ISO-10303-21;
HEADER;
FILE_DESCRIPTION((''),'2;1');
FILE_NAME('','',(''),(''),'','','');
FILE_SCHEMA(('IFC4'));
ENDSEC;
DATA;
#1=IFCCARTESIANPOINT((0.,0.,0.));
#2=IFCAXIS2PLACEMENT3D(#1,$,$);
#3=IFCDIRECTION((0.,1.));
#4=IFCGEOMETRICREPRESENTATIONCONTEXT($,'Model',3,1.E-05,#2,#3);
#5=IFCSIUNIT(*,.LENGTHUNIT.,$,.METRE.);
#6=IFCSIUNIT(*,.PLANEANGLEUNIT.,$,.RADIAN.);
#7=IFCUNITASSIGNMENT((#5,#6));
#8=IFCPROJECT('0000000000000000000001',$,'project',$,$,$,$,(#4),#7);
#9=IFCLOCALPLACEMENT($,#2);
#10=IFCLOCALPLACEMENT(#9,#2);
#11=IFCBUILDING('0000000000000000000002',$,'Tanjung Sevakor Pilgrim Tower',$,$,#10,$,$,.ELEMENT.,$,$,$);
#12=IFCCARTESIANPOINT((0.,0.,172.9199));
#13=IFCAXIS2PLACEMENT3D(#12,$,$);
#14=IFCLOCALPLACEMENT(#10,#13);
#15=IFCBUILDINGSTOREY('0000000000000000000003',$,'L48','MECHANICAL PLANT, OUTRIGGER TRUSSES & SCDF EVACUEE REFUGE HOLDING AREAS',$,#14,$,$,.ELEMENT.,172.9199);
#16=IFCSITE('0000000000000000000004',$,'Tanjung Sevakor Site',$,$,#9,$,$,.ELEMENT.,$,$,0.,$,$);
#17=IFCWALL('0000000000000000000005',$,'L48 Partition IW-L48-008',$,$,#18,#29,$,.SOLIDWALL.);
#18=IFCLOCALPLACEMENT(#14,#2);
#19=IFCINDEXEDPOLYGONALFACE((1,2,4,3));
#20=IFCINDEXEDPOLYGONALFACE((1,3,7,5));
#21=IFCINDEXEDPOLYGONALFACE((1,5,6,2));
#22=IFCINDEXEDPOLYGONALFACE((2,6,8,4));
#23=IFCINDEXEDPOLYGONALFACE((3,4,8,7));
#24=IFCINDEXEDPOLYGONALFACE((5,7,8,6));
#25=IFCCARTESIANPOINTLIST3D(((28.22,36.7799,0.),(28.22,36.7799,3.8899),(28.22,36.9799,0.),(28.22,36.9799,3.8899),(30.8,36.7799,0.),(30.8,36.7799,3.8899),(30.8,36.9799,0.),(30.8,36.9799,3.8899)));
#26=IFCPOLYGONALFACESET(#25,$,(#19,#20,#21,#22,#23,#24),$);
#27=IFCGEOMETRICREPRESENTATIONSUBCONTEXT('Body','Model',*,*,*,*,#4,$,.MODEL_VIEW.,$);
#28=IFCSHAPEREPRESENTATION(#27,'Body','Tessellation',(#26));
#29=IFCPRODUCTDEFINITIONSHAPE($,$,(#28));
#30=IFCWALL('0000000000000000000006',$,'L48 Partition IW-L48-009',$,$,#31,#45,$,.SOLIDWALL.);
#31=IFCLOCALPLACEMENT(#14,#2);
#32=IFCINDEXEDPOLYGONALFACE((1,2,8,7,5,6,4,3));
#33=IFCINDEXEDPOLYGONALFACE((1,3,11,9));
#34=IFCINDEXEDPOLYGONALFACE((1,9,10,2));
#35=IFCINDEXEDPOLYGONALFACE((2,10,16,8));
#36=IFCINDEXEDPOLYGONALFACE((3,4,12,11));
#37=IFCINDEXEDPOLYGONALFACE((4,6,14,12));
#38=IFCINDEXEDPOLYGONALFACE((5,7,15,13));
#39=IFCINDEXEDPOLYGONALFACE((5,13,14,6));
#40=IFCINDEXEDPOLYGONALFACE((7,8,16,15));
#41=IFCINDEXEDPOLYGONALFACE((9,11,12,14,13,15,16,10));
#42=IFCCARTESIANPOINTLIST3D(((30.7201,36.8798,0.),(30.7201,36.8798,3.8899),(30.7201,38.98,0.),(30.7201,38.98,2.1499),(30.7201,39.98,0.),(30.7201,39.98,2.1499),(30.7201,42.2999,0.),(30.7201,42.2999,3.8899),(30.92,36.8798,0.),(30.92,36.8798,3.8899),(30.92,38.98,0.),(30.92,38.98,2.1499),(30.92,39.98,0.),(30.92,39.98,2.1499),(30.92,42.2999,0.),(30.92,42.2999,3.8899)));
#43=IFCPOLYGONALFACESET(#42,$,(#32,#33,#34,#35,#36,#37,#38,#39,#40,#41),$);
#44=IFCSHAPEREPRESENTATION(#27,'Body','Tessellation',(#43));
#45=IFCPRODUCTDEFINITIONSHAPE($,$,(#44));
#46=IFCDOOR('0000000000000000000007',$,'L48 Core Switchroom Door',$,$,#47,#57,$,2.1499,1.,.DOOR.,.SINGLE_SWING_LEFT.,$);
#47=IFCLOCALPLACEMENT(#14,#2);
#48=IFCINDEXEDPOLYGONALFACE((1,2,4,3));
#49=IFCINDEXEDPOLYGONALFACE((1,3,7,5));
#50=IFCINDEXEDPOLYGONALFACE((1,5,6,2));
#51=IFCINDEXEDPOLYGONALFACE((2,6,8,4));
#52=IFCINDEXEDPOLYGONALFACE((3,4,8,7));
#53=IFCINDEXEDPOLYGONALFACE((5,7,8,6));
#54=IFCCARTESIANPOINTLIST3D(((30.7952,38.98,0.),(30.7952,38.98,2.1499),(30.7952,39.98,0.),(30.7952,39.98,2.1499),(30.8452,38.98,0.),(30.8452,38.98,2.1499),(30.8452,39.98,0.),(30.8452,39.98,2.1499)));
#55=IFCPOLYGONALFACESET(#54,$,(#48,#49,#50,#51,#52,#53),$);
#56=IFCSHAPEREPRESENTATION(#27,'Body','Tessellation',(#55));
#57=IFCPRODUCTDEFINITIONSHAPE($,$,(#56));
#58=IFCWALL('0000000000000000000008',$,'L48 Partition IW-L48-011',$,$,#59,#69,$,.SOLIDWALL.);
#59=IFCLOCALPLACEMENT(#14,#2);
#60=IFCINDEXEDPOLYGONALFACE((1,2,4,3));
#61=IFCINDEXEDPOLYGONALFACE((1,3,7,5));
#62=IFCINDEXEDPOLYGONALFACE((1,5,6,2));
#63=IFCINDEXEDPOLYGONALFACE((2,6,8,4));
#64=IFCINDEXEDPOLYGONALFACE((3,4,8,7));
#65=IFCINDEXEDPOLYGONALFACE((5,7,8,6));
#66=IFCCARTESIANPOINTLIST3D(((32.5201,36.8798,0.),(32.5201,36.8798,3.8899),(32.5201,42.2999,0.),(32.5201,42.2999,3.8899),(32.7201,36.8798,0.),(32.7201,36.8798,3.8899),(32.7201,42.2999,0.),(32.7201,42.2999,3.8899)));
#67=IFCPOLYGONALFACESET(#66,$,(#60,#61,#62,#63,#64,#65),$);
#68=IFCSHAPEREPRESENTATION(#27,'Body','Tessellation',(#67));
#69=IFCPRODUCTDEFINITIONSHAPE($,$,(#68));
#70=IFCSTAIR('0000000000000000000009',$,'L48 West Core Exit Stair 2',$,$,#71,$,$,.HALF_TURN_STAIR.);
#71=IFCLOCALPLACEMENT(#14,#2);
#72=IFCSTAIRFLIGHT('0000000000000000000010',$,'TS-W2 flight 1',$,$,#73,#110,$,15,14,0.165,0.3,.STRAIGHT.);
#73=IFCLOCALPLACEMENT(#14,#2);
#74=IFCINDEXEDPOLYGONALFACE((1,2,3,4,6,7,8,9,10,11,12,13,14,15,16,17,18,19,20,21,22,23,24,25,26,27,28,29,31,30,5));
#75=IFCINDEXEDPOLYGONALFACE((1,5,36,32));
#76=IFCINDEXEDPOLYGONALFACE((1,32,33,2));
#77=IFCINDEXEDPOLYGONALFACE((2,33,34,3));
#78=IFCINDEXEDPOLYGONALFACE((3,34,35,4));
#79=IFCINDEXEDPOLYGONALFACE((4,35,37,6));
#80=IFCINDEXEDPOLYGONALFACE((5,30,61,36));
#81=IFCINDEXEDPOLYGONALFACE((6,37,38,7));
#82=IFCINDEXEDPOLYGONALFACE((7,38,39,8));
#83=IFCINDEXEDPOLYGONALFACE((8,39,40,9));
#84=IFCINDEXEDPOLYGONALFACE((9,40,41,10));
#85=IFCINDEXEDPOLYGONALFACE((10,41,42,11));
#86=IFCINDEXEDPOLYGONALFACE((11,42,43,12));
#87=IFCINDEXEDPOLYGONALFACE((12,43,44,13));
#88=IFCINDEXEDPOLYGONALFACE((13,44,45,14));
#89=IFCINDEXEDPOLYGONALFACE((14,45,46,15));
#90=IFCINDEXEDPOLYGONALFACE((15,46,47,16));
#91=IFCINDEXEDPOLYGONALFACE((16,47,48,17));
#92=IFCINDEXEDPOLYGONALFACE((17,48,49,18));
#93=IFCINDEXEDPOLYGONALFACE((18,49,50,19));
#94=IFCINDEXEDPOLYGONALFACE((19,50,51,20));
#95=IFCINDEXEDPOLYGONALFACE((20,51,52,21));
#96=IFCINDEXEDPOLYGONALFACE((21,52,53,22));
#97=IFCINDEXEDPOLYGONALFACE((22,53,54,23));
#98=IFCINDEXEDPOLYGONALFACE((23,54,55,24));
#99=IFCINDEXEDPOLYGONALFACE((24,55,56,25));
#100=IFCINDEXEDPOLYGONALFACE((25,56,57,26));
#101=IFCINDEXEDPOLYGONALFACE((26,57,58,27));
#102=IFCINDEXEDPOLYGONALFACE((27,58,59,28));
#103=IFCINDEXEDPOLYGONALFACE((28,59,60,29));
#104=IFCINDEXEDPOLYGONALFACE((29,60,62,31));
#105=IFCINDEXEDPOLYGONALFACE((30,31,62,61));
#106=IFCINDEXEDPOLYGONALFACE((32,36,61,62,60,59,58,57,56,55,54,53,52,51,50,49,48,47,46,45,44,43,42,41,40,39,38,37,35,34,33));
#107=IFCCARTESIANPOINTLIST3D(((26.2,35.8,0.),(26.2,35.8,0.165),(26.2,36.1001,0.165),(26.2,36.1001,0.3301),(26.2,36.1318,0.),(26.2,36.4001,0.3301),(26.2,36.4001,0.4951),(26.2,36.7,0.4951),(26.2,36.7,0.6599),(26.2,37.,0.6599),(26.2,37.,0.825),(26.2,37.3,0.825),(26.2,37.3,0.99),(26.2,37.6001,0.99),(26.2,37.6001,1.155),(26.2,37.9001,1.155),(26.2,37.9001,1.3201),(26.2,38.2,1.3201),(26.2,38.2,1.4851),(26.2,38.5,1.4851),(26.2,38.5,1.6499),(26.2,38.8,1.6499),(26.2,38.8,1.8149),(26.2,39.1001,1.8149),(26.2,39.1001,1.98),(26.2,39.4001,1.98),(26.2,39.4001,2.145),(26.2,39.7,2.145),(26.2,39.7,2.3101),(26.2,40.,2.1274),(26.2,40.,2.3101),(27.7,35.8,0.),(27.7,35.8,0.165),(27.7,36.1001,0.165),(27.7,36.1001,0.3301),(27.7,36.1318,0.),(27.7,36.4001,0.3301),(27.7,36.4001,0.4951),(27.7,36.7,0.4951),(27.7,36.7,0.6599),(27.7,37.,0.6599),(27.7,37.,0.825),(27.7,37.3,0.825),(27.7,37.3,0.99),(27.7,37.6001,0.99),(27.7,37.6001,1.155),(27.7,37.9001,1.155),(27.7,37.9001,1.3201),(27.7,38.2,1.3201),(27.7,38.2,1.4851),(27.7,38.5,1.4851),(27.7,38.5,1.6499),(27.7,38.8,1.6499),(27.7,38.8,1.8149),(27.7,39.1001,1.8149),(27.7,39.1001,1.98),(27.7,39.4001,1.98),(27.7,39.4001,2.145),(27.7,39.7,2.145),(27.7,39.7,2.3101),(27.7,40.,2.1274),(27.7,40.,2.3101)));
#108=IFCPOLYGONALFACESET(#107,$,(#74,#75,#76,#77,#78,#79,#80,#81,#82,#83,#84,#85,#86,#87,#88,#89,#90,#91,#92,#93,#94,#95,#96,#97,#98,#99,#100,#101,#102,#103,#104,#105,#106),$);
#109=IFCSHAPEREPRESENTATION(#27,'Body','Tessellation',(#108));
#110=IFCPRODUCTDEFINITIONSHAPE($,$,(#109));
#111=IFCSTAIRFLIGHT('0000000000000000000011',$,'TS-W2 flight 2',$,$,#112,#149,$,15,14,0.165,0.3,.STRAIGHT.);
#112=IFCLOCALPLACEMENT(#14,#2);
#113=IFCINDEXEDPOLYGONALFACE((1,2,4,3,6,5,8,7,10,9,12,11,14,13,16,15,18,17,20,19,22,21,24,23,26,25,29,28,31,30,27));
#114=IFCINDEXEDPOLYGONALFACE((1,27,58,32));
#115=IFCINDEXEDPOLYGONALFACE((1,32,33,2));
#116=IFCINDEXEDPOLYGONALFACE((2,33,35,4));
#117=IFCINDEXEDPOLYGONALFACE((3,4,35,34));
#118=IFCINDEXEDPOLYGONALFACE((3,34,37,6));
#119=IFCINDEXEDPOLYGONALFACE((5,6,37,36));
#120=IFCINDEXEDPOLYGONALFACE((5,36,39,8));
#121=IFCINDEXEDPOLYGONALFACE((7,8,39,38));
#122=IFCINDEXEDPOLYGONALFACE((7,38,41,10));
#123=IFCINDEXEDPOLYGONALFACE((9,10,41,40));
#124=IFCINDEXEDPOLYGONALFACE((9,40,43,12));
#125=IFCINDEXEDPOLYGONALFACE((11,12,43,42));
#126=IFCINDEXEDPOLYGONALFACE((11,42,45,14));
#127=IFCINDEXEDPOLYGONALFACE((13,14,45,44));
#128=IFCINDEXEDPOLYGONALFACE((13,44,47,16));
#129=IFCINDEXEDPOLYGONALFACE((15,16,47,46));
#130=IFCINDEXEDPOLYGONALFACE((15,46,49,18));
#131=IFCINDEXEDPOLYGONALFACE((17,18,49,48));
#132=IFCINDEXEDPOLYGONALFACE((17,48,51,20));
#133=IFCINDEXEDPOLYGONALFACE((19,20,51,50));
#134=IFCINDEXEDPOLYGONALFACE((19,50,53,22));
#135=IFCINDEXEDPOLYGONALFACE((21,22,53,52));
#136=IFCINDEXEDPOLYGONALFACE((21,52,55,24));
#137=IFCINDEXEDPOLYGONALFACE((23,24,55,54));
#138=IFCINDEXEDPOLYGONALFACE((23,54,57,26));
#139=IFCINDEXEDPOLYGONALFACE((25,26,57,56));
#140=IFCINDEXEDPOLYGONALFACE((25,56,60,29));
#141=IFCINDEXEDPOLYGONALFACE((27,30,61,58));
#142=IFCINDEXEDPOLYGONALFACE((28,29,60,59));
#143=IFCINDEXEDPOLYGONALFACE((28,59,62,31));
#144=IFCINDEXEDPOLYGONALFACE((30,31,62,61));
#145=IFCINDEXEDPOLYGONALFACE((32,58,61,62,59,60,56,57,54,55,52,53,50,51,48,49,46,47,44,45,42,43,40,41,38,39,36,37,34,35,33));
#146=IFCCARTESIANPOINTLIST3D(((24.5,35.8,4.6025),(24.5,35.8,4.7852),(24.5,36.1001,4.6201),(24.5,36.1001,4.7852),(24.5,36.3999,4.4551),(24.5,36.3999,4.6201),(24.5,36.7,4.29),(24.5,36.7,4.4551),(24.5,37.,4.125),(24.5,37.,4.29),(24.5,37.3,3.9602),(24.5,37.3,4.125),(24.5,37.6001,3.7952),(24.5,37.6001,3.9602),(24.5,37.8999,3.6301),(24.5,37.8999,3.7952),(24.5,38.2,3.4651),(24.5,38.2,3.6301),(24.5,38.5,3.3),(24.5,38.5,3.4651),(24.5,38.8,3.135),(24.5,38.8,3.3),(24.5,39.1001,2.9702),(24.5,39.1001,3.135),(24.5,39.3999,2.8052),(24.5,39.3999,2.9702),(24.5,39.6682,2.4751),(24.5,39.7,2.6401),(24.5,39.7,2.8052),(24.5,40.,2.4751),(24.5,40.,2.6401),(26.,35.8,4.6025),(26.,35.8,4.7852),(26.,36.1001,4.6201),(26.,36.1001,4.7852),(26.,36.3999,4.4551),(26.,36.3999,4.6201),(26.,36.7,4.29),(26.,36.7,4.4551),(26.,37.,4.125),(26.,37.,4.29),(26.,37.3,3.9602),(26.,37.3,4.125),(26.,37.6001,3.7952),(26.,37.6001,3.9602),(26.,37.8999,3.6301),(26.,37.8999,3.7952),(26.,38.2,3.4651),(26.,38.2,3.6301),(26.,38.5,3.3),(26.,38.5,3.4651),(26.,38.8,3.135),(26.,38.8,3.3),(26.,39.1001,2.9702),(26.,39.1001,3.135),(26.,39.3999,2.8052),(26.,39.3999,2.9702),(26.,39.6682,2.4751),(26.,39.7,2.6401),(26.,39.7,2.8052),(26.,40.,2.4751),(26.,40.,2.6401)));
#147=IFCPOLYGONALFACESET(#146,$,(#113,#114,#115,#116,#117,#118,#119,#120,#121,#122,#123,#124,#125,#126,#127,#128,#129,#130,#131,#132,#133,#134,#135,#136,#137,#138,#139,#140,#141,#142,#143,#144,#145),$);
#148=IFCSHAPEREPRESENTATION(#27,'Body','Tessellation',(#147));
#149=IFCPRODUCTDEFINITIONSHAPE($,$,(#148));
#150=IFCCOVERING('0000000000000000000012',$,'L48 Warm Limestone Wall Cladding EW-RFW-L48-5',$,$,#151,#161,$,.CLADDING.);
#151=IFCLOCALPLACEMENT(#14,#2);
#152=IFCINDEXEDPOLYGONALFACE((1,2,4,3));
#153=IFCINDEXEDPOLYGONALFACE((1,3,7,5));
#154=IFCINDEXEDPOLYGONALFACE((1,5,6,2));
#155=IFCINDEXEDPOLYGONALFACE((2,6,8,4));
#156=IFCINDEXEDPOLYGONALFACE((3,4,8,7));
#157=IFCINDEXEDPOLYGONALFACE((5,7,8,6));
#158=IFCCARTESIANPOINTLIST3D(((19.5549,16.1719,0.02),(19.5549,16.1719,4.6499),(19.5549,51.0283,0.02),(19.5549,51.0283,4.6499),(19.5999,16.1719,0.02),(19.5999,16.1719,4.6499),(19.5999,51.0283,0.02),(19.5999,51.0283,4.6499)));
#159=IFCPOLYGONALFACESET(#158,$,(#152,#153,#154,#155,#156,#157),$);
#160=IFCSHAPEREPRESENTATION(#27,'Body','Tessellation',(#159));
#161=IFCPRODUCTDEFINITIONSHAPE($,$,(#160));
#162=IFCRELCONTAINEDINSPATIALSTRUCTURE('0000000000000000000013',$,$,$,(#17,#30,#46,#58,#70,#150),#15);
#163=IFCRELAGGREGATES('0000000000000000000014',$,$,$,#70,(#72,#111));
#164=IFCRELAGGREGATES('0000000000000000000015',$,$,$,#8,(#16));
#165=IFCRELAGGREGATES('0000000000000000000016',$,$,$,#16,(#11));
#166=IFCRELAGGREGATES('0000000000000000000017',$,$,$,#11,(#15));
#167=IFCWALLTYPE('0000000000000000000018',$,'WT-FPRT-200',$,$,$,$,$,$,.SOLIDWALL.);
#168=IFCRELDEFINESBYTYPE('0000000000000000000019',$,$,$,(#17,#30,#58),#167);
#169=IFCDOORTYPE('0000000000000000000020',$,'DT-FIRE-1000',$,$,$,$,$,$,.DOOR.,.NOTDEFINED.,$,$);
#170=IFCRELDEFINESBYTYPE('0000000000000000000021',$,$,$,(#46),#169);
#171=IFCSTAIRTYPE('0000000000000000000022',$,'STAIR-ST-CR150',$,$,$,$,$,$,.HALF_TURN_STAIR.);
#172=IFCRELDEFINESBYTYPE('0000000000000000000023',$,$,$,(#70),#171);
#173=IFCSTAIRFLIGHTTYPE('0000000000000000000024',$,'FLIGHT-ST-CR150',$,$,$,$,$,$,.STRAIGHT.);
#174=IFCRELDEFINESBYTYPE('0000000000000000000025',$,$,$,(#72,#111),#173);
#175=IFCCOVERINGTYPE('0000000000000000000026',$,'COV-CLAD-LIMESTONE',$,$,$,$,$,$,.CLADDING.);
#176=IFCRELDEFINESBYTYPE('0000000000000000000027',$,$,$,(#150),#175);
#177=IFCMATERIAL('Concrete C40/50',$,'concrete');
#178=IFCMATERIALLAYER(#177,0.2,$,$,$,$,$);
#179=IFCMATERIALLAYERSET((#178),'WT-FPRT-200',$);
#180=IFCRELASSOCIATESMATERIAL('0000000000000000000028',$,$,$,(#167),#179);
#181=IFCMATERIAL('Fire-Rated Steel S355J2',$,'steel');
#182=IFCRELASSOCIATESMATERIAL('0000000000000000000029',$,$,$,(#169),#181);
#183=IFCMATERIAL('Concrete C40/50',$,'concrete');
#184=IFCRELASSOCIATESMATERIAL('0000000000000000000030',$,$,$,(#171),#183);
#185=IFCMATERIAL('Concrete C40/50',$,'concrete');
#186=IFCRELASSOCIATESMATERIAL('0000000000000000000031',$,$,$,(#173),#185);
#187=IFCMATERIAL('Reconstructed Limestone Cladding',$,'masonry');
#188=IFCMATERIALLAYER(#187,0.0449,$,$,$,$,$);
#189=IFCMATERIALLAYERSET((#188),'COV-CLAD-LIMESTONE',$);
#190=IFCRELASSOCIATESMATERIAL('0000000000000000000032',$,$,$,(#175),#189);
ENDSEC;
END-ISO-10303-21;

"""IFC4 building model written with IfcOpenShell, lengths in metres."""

from ifc_helpers import new_model, si_unit, direction, frame, frame_2d, origin, origin_2d, place, context, subcontext, project, spatial, polyline, rectangle, outline, extrude, material, layer, layer_set, type_object, element, fill, aggregate, save


model = new_model("IFC4")

# Units and contexts
model_context = context("Model", 3, precision=1e-05, world=origin(), true_north=direction((0.0, 1.0)))
body_context = subcontext(model_context, "Body", "Model", "MODEL_VIEW")
ifc_project = project(units=[si_unit("LENGTHUNIT", "METRE"), si_unit("PLANEANGLEUNIT", "RADIAN")], contexts=[model_context])

# Site, building, storey
site_placement = place(None, origin())
site = spatial("IfcSite", under=ifc_project, at=site_placement, Name="Tanjung Sevakor Site", CompositionType="ELEMENT", RefElevation=0.0)
building_placement = place(site_placement, origin())
building = spatial("IfcBuilding", under=site, at=building_placement, Name="Tanjung Sevakor Pilgrim Tower", CompositionType="ELEMENT")
storey_placement = place(building_placement, frame((0.0, 0.0, 172.9199)))
storey = spatial("IfcBuildingStorey", under=building, at=storey_placement, Name="L48", Description="MECHANICAL PLANT, OUTRIGGER TRUSSES & SCDF EVACUEE REFUGE HOLDING AREAS", CompositionType="ELEMENT", Elevation=172.9199)

# Wall
ifc_material_1 = material(Name="Concrete C40/50", Category="concrete")
ifc_layer_1 = layer(ifc_material_1, 0.2)
ifc_layer_set_1 = layer_set([ifc_layer_1], Name="WT-FPRT-200")
wall_type_1 = type_object("IfcWallType", Name="WT-FPRT-200", PredefinedType="SOLIDWALL", material=ifc_layer_set_1)
wall_1_placement = place(storey_placement, frame((28.22, 36.8799, 0.0), z_axis=(0.0, 0.0, 1.0), x_axis=(1.0, 0.0, 0.0)))
element("IfcWall", 1, at=wall_1_placement, inside=storey, type_object=wall_type_1, Name="L48 Partition IW-L48-008", PredefinedType="SOLIDWALL", context=body_context, shape_type="SweptSolid", body=[
    extrude(rectangle(XDim=2.5801, YDim=0.2, at=frame_2d((1.29, 0.0))), origin(), (0.0, 0.0, 1.0), 3.8899),
])

# Wall, opening, door
wall_2_placement = place(storey_placement, frame((30.8201, 36.8799, 0.0), z_axis=(0.0, 0.0, 1.0), x_axis=(0.0, 1.0, 0.0)))
wall_2 = element("IfcWall", 2, at=wall_2_placement, inside=storey, type_object=wall_type_1, Name="L48 Partition IW-L48-009", PredefinedType="SOLIDWALL", context=body_context, shape_type="SweptSolid", body=[
    extrude(rectangle(XDim=5.4202, YDim=0.2, at=frame_2d((2.71, 0.0))), origin(), (0.0, 0.0, 1.0), 3.8899),
])
opening_placement = place(wall_2_placement, frame((2.1001, 0.0, 0.0)))
opening = element("IfcOpeningElement", 3, at=opening_placement, cuts=wall_2, PredefinedType="OPENING", context=body_context, shape_type="SweptSolid", body=[
    extrude(rectangle(XDim=1.0, YDim=2.1499, at=frame_2d((0.5, 1.075))), frame((0.0, 0.1099, 0.0), z_axis=(0.0, -1.0, 0.0), x_axis=(1.0, 0.0, 0.0)), (0.0, 0.0, 1.0), 0.22),
])
ifc_material_2 = material(Name="Fire-Rated Steel S355J2", Category="steel")
door_type = type_object("IfcDoorType", Name="DT-FIRE-1000", OperationType="NOTDEFINED", PredefinedType="DOOR", material=ifc_material_2)
door_placement = place(opening_placement, origin())
door = element("IfcDoor", 4, at=door_placement, inside=storey, type_object=door_type, Name="L48 Core Switchroom Door", OperationType="SINGLE_SWING_LEFT", OverallHeight=2.1499, OverallWidth=1.0, PredefinedType="DOOR", context=body_context, shape_type="SweptSolid", body=[
    extrude(rectangle(XDim=1.0, YDim=2.1499, at=frame_2d((0.5, 1.075))), frame((0.0, 0.0249, 0.0), z_axis=(0.0, -1.0, 0.0), x_axis=(1.0, 0.0, 0.0)), (0.0, 0.0, 1.0), 0.05),
])
fill(opening, door)

# Wall
wall_3_placement = place(storey_placement, frame((32.6201, 36.8799, 0.0), z_axis=(0.0, 0.0, 1.0), x_axis=(0.0, 1.0, 0.0)))
element("IfcWall", 5, at=wall_3_placement, inside=storey, type_object=wall_type_1, Name="L48 Partition IW-L48-011", PredefinedType="SOLIDWALL", context=body_context, shape_type="SweptSolid", body=[
    extrude(rectangle(XDim=5.4202, YDim=0.2, at=frame_2d((2.71, 0.0))), origin(), (0.0, 0.0, 1.0), 3.8899),
])

# Stair, stair flights
ifc_material_3 = material(Name="Concrete C40/50", Category="concrete")
stair_type = type_object("IfcStairType", Name="STAIR-ST-CR150", PredefinedType="HALF_TURN_STAIR", material=ifc_material_3)
stair_placement = place(storey_placement, origin())
stair = element("IfcStair", 6, at=stair_placement, inside=storey, type_object=stair_type, Name="L48 West Core Exit Stair 2", PredefinedType="HALF_TURN_STAIR")
ifc_material_4 = material(Name="Concrete C40/50", Category="concrete")
stair_flight_type = type_object("IfcStairFlightType", Name="FLIGHT-ST-CR150", PredefinedType="STRAIGHT", material=ifc_material_4)
stair_flight_1_placement = place(storey_placement, frame((26.95, 35.8, 0.0), z_axis=(0.0, 0.0, 1.0), x_axis=(0.0, 1.0, 0.0)))
stair_flight_1 = element("IfcStairFlight", 7, at=stair_flight_1_placement, type_object=stair_flight_type, Name="TS-W2 flight 1", NumberOfRisers=15, NumberOfTreads=14, PredefinedType="STRAIGHT", RiserHeight=0.165, TreadLength=0.3, context=body_context, shape_type="SweptSolid", body=[
    extrude(outline(polyline([(0.0, 0.0), (0.0, 0.165), (0.3, 0.165), (0.3, 0.3301), (0.6001, 0.3301), (0.6001, 0.4951), (0.8999, 0.4951), (0.8999, 0.6599), (1.2, 0.6599), (1.2, 0.825), (1.5, 0.825), (1.5, 0.99), (1.8, 0.99), (1.8, 1.155), (2.1001, 1.155), (2.1001, 1.3201), (2.3999, 1.3201), (2.3999, 1.4851), (2.7, 1.4851), (2.7, 1.6499), (3.0, 1.6499), (3.0, 1.8149), (3.3, 1.8149), (3.3, 1.98), (3.6001, 1.98), (3.6001, 2.145), (3.8999, 2.145), (3.8999, 2.3101), (4.2, 2.3101), (4.2, 2.4751), (4.2, 2.1274), (0.3318, 0.0), (0.0, 0.0)])), frame((0.0, 0.75, 0.0), z_axis=(0.0, -1.0, 0.0), x_axis=(1.0, 0.0, 0.0)), (0.0, 0.0, 1.0), 1.5),
])
stair_flight_2_placement = place(storey_placement, frame((25.25, 40.0, 2.4751), z_axis=(0.0, 0.0, 1.0), x_axis=(0.0, -1.0, 0.0)))
stair_flight_2 = element("IfcStairFlight", 8, at=stair_flight_2_placement, type_object=stair_flight_type, Name="TS-W2 flight 2", NumberOfRisers=15, NumberOfTreads=14, PredefinedType="STRAIGHT", RiserHeight=0.165, TreadLength=0.3, context=body_context, shape_type="SweptSolid", body=[
    extrude(outline(polyline([(0.0, 0.0), (0.0, 0.165), (0.3, 0.165), (0.3, 0.3301), (0.6001, 0.3301), (0.6001, 0.4951), (0.8999, 0.4951), (0.8999, 0.6599), (1.2, 0.6599), (1.2, 0.825), (1.5, 0.825), (1.5, 0.99), (1.8, 0.99), (1.8, 1.155), (2.1001, 1.155), (2.1001, 1.3201), (2.3999, 1.3201), (2.3999, 1.4851), (2.7, 1.4851), (2.7, 1.6499), (3.0, 1.6499), (3.0, 1.8149), (3.3, 1.8149), (3.3, 1.98), (3.6001, 1.98), (3.6001, 2.145), (3.8999, 2.145), (3.8999, 2.3101), (4.2, 2.3101), (4.2, 2.4751), (4.2, 2.1274), (0.3318, 0.0), (0.0, 0.0)])), frame((0.0, 0.75, 0.0), z_axis=(0.0, -1.0, 0.0), x_axis=(1.0, 0.0, 0.0)), (0.0, 0.0, 1.0), 1.5),
])
aggregate(stair, [stair_flight_1, stair_flight_2])

# Covering
ifc_material_5 = material(Name="Reconstructed Limestone Cladding", Category="masonry")
ifc_layer_2 = layer(ifc_material_5, 0.0449)
ifc_layer_set_2 = layer_set([ifc_layer_2], Name="COV-CLAD-LIMESTONE")
covering_type = type_object("IfcCoveringType", Name="COV-CLAD-LIMESTONE", PredefinedType="CLADDING", material=ifc_layer_set_2)
covering_placement = place(storey_placement, frame((19.5774, 33.6001, 0.02), z_axis=(0.0, 0.0, 1.0), x_axis=(0.0, -1.0, 0.0)))
element("IfcCovering", 9, at=covering_placement, inside=storey, type_object=covering_type, Name="L48 Warm Limestone Wall Cladding EW-RFW-L48-5", PredefinedType="CLADDING", context=body_context, shape_type="SweptSolid", body=[
    extrude(rectangle(XDim=34.8564, YDim=0.0449, at=origin_2d()), origin(), (0.0, 0.0, 1.0), 4.6299),
])

save(model, "model.ifc")
